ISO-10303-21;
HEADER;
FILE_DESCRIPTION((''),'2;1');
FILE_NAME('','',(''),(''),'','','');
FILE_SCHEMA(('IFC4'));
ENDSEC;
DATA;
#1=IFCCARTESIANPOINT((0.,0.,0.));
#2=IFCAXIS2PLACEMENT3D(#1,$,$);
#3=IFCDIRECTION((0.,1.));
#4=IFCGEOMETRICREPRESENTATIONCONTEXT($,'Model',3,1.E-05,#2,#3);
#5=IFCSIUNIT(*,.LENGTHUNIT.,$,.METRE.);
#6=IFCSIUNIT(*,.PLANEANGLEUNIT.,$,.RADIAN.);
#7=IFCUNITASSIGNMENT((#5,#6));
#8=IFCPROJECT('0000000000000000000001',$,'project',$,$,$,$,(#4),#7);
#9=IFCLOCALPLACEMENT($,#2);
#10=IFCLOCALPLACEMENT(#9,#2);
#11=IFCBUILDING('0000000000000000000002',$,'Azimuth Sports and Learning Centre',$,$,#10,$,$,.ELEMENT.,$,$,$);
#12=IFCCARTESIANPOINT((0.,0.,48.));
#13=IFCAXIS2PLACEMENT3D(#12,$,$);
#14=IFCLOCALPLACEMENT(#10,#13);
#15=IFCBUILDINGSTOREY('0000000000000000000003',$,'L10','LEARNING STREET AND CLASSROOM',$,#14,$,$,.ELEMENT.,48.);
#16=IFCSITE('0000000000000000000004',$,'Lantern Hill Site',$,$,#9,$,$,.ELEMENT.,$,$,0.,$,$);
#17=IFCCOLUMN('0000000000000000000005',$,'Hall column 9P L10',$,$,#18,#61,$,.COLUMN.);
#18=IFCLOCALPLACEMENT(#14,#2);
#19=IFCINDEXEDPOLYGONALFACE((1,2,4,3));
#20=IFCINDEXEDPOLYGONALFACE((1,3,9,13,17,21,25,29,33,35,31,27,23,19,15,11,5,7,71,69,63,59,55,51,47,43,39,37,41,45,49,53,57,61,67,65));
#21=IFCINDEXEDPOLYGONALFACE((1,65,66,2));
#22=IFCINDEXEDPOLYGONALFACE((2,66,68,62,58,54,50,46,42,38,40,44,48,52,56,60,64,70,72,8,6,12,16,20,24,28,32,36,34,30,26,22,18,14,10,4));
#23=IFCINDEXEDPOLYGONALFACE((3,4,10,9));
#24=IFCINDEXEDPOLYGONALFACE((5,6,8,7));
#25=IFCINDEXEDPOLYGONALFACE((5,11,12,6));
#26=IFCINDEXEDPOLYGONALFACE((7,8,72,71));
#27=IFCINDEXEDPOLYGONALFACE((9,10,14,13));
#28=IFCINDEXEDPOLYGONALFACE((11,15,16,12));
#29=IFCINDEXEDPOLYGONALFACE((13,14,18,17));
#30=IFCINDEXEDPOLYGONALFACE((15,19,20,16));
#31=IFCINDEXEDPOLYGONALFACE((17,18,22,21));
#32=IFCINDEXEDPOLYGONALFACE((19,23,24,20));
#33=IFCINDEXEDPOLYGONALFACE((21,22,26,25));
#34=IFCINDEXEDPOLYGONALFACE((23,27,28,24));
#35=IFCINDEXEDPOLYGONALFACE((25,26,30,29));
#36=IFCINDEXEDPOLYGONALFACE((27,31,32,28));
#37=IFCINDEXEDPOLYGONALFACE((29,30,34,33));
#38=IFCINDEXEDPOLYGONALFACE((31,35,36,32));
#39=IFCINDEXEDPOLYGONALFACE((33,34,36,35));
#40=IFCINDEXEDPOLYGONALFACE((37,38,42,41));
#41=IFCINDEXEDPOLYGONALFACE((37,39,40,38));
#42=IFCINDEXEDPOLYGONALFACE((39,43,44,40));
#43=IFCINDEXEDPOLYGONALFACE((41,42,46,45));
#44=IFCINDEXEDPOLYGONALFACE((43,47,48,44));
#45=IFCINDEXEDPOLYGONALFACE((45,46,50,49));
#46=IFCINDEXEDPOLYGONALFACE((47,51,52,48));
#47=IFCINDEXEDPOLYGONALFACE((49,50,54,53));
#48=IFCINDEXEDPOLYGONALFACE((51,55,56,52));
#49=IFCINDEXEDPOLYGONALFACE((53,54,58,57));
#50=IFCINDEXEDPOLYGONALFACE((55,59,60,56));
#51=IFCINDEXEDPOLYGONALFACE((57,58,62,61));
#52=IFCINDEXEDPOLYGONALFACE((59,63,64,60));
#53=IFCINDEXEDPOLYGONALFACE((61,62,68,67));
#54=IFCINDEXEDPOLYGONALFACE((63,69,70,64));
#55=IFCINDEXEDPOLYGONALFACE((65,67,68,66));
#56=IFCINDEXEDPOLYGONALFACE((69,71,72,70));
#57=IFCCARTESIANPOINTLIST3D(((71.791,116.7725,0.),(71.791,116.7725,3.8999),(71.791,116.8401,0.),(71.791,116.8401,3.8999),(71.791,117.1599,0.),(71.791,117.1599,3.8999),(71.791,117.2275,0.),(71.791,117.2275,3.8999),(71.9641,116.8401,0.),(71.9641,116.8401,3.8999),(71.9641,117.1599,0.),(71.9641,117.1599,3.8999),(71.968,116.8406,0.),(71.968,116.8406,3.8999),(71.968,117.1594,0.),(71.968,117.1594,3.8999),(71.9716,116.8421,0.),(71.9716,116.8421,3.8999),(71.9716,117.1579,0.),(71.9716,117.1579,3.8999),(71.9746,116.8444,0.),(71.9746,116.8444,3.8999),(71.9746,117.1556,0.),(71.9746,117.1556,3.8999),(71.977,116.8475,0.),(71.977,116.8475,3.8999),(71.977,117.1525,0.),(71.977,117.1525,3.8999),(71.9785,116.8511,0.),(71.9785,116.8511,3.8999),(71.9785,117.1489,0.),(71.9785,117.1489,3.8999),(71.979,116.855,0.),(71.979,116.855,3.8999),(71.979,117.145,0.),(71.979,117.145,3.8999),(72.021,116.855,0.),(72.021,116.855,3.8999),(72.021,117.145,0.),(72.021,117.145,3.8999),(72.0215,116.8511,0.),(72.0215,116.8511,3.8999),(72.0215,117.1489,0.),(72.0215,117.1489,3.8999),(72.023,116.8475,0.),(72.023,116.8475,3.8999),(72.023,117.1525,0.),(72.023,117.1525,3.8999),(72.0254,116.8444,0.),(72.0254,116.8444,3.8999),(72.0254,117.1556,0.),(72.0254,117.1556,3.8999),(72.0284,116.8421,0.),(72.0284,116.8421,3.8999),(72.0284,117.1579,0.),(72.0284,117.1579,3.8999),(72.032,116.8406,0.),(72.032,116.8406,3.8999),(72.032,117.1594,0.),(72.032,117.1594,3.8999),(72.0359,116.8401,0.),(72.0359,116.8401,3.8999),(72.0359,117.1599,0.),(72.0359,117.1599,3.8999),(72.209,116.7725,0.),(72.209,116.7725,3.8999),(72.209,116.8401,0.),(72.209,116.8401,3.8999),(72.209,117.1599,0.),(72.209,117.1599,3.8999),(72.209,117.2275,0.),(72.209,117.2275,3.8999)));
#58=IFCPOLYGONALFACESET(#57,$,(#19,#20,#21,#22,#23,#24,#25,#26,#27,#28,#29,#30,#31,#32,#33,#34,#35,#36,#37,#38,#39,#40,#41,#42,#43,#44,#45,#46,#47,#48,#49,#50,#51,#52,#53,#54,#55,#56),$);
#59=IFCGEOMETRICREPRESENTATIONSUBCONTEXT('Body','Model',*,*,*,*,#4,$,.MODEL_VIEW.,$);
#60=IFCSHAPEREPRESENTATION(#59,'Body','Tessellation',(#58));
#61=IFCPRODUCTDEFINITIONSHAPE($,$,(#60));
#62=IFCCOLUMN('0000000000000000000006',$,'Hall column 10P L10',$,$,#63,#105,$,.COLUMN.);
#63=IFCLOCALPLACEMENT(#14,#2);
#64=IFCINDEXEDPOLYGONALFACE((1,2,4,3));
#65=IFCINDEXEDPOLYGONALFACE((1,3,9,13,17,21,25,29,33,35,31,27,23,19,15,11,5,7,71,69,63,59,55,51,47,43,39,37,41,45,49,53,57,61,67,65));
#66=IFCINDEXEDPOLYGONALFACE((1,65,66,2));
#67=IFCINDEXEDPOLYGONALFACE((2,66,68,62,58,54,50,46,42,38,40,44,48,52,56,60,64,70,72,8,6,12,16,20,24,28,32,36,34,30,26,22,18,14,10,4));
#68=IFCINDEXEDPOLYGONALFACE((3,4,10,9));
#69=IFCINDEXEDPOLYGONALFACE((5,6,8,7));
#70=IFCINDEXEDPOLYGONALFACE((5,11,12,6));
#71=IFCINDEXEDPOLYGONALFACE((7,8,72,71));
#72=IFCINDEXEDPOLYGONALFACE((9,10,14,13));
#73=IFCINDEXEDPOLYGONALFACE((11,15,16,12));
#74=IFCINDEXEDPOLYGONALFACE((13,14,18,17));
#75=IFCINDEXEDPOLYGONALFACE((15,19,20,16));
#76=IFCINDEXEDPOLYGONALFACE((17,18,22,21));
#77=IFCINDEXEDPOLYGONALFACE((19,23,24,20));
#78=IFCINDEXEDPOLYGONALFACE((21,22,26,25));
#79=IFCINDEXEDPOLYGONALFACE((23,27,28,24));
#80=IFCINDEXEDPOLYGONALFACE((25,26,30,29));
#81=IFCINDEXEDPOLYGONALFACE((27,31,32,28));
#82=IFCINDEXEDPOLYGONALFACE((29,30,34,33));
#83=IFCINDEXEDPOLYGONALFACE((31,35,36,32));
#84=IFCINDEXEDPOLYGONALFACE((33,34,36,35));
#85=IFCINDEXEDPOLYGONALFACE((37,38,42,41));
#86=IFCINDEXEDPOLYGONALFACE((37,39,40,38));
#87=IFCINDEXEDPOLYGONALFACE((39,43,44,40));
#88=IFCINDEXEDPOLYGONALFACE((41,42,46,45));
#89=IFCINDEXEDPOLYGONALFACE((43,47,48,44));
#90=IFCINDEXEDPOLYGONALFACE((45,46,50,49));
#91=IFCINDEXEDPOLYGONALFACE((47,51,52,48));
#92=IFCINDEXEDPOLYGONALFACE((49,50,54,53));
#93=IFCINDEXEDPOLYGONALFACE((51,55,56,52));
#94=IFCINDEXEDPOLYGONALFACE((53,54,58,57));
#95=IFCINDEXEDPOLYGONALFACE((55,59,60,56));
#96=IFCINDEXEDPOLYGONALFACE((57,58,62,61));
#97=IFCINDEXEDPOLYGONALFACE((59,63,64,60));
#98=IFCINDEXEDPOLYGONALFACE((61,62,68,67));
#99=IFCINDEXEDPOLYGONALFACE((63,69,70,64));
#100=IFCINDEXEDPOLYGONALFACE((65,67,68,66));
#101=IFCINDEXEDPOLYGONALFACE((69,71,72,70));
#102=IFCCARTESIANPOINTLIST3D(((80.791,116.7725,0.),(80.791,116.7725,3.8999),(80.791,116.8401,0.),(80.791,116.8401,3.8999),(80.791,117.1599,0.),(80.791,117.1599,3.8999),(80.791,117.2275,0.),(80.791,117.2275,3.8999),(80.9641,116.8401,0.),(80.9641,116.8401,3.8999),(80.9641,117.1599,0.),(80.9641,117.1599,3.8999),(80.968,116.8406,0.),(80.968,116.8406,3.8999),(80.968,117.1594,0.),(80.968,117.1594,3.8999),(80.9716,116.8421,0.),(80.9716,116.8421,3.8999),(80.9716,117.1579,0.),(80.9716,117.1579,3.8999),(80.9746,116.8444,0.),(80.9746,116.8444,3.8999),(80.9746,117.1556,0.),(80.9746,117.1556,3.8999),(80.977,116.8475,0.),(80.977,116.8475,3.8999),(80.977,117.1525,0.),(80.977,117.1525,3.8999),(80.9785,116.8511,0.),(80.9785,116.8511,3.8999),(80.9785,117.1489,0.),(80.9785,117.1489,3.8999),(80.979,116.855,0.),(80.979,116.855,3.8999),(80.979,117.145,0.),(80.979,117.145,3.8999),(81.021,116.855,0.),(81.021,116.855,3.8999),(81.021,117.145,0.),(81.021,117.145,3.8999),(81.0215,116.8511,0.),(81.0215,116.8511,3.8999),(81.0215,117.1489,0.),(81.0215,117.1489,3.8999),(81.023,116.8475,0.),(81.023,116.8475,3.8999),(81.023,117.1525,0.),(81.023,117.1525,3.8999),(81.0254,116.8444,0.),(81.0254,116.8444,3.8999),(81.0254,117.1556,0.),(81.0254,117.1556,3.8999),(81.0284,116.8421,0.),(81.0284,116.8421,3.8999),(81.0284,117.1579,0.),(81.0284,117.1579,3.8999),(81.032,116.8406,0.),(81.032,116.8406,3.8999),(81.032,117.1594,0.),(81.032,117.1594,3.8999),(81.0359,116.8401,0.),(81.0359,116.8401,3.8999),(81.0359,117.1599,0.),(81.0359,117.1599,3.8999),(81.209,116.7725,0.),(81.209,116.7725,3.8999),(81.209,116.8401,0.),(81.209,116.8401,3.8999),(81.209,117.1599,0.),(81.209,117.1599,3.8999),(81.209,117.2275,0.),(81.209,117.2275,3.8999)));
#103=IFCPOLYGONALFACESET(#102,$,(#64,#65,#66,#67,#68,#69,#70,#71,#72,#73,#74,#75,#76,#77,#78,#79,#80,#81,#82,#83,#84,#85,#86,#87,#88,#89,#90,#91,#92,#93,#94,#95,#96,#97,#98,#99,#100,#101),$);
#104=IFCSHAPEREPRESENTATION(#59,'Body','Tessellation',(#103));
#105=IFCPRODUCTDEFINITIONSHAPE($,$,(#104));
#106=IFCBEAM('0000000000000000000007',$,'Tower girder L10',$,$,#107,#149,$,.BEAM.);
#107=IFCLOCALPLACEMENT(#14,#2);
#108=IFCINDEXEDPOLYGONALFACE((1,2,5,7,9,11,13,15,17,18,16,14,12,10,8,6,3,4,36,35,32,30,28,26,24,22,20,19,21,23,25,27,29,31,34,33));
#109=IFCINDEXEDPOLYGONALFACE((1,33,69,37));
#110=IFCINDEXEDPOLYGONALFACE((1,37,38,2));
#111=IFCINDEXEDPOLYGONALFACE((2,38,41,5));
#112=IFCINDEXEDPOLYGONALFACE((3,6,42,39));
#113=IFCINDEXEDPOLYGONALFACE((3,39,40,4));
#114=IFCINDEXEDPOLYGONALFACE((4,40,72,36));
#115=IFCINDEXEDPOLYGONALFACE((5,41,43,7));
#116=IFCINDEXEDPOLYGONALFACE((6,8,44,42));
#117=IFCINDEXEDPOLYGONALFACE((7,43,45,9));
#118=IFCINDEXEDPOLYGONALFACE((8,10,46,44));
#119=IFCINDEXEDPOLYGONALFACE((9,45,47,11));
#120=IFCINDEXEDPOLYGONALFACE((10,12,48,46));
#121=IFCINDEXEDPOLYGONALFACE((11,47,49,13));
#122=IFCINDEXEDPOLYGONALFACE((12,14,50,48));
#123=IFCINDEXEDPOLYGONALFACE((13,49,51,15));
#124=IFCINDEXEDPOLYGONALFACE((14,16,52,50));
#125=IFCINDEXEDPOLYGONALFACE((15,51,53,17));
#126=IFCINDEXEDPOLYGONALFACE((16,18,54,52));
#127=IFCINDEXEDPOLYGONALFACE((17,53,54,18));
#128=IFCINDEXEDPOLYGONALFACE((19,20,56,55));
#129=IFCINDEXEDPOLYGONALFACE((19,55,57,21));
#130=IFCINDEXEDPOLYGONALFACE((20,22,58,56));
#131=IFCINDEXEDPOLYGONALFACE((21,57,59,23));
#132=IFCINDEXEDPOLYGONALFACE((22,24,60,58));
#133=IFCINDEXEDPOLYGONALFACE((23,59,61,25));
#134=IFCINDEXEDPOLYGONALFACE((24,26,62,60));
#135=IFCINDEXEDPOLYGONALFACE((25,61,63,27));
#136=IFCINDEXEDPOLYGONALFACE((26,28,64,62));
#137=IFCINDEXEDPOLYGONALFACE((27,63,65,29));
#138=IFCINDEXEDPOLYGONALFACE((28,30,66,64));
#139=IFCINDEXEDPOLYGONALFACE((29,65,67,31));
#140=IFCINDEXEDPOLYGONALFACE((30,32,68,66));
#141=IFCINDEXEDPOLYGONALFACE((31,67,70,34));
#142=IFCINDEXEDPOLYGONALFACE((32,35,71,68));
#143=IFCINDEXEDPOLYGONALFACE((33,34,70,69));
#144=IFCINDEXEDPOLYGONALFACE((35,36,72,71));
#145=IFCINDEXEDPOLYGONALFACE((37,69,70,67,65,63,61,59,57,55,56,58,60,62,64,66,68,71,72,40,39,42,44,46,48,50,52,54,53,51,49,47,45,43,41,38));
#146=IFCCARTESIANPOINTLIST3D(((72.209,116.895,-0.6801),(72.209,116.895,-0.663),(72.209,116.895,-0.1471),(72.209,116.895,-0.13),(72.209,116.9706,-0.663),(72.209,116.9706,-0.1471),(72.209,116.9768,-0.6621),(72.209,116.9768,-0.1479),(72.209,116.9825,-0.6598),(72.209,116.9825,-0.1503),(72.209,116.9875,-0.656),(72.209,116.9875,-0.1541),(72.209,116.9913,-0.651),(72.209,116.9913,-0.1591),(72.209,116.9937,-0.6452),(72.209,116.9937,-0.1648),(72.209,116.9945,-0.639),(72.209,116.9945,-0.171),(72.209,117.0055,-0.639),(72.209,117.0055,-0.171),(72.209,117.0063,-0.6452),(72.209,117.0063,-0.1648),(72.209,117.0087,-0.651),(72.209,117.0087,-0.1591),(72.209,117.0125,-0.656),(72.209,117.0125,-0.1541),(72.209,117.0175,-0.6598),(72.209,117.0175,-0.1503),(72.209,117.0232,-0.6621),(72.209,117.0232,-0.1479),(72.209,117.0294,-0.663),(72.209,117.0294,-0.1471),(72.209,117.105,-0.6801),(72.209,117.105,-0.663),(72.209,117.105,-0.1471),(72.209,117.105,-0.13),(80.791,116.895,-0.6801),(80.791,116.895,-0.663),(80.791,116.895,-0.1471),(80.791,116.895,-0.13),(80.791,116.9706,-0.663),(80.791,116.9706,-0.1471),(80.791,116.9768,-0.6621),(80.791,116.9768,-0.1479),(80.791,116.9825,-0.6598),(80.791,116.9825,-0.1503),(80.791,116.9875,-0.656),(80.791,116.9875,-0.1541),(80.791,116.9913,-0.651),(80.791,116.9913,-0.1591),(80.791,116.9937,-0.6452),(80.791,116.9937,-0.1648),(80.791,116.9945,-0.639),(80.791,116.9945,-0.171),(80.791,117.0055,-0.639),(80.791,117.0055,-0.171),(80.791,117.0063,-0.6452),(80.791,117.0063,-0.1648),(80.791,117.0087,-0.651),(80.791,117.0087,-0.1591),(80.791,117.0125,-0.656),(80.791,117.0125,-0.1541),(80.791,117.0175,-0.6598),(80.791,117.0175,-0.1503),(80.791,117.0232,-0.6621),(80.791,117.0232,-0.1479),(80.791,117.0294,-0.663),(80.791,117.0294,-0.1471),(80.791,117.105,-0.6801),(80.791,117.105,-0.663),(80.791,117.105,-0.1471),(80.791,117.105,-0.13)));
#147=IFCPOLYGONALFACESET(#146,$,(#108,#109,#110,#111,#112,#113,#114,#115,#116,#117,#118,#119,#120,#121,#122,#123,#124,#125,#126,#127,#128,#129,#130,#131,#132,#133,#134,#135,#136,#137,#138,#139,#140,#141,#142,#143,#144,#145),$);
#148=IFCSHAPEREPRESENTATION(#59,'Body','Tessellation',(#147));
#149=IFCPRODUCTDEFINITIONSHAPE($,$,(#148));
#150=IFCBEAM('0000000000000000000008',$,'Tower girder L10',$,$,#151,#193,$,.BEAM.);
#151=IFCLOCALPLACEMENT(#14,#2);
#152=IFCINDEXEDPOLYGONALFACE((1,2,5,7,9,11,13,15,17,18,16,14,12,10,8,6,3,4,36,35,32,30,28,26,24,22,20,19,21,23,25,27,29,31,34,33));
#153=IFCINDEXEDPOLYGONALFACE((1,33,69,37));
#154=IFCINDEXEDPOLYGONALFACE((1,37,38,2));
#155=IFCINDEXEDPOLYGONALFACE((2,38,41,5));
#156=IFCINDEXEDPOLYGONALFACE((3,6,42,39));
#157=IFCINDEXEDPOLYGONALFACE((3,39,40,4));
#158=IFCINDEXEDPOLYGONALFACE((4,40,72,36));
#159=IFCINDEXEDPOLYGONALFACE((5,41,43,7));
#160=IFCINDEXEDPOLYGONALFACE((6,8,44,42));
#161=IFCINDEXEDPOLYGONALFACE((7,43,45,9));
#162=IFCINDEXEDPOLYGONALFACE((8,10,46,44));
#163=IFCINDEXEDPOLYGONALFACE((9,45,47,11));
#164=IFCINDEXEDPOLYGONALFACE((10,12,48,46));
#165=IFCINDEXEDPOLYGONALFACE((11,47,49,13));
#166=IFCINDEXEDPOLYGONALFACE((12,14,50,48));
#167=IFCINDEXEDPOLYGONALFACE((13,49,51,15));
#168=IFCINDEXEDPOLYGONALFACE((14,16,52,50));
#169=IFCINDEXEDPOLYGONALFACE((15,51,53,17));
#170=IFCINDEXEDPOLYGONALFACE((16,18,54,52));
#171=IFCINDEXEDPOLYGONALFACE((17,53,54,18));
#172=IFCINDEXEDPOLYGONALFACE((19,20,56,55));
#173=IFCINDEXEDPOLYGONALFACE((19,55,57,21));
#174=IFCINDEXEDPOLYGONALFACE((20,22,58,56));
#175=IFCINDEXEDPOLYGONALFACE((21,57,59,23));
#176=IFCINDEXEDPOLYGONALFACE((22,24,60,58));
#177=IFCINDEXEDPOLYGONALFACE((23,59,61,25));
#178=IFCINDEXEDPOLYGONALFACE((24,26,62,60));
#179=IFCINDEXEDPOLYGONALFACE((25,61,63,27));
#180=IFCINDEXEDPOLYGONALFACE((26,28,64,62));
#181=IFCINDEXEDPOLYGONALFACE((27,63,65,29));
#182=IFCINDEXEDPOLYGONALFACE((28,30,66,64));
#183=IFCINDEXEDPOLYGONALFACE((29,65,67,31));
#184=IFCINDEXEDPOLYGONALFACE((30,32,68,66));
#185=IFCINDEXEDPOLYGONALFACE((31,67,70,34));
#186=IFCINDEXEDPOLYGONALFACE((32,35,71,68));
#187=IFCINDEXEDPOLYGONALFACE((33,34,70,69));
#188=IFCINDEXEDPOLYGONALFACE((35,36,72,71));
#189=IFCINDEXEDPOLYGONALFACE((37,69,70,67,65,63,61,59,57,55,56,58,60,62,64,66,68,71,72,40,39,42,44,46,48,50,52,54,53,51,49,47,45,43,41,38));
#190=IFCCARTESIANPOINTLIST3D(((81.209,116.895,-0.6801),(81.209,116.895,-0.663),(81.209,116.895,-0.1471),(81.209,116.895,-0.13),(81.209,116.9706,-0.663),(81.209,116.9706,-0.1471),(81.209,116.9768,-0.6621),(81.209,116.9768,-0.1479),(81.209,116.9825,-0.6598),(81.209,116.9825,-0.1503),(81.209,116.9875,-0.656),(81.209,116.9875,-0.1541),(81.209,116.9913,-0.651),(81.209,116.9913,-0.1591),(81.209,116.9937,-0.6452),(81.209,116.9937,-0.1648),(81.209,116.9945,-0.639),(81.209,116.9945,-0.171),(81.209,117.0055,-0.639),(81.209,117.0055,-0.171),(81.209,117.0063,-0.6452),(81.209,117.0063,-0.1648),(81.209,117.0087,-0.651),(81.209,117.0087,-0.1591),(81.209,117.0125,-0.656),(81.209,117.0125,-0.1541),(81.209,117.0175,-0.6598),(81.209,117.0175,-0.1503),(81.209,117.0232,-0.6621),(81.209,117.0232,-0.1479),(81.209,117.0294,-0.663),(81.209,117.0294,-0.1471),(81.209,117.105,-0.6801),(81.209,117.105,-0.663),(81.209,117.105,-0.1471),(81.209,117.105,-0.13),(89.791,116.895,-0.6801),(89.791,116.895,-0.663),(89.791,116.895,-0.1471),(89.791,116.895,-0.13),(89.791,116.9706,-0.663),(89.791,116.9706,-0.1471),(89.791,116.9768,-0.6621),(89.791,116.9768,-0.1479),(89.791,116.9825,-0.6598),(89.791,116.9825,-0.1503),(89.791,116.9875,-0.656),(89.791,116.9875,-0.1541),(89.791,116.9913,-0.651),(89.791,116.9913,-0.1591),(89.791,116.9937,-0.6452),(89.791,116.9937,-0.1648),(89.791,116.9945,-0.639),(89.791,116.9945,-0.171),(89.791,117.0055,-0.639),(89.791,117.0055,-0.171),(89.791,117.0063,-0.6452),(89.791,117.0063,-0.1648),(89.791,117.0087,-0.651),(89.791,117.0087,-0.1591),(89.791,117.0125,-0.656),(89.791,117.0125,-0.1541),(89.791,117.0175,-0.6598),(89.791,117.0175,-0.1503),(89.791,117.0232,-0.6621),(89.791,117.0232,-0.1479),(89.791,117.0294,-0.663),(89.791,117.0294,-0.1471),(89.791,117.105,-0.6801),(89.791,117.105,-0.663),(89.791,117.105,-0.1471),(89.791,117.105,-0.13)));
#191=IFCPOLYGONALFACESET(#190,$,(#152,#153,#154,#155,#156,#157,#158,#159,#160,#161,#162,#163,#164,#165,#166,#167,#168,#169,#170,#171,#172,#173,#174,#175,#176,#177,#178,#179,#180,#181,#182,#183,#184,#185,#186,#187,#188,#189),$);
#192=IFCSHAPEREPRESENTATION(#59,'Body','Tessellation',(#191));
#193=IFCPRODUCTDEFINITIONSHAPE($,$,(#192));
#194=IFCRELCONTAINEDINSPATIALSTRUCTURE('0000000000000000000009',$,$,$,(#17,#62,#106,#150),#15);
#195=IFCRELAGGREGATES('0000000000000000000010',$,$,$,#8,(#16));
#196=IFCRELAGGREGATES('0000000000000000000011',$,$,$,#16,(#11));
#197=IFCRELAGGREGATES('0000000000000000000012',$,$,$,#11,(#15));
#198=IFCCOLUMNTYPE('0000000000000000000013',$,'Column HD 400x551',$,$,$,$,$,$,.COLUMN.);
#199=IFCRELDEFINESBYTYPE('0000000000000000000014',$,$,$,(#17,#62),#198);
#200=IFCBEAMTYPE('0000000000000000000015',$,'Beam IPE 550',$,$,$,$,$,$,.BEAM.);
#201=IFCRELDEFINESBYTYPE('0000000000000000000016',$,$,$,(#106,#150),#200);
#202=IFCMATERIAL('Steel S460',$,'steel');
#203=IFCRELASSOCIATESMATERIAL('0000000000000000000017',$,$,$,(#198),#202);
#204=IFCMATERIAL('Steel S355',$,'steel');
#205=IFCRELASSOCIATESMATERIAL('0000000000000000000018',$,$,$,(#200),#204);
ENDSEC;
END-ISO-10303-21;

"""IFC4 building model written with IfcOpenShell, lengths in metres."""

from ifc_helpers import new_model, si_unit, direction, frame, origin, origin_2d, place, context, subcontext, project, spatial, i_section, extrude, material, material_profile, profile_set, type_object, element, save


model = new_model("IFC4")

# Units and contexts
model_context = context("Model", 3, precision=1e-05, world=origin(), true_north=direction((0.0, 1.0)))
body_context = subcontext(model_context, "Body", "Model", "MODEL_VIEW")
ifc_project = project(units=[si_unit("LENGTHUNIT", "METRE"), si_unit("PLANEANGLEUNIT", "RADIAN")], contexts=[model_context])

# Site, building, storey
site_placement = place(None, origin())
site = spatial("IfcSite", under=ifc_project, at=site_placement, Name="Lantern Hill Site", CompositionType="ELEMENT", RefElevation=0.0)
building_placement = place(site_placement, origin())
building = spatial("IfcBuilding", under=site, at=building_placement, Name="Azimuth Sports and Learning Centre", CompositionType="ELEMENT")
storey_placement = place(building_placement, frame((0.0, 0.0, 48.0)))
storey = spatial("IfcBuildingStorey", under=building, at=storey_placement, Name="L10", Description="LEARNING STREET AND CLASSROOM", CompositionType="ELEMENT", Elevation=48.0)

# Columns
ifc_material_1 = material(Name="Steel S460", Category="steel")
ifc_material_profile_1 = material_profile(ifc_material_1, i_section(OverallWidth=0.418, OverallDepth=0.4551, WebThickness=0.042, FlangeThickness=0.0676, FilletRadius=0.0149, at=origin_2d()), Name="HD 400x551")
ifc_profile_set_1 = profile_set([ifc_material_profile_1], Name="Steel S460")
column_type = type_object("IfcColumnType", Name="Column HD 400x551", PredefinedType="COLUMN", material=ifc_profile_set_1)
for number, where, z_axis, x_axis, name in (
    (1, (72.0, 117.0, 0.0), (0.0, 0.0, 1.0), (1.0, 0.0, 0.0), "Hall column 9P L10"),
    (2, (81.0, 117.0, 0.0), (0.0, 0.0, 1.0), (1.0, 0.0, 0.0), "Hall column 10P L10"),
):
    element("IfcColumn", number, at=place(storey_placement, frame(where, z_axis=z_axis, x_axis=x_axis)), inside=storey, type_object=column_type, Name=name, PredefinedType="COLUMN", context=body_context, shape_type="SweptSolid", body=[
        extrude(i_section(OverallWidth=0.418, OverallDepth=0.4551, WebThickness=0.042, FlangeThickness=0.0676, FilletRadius=0.0149, at=origin_2d()), origin(), (0.0, 0.0, 1.0), 3.8999),
    ])

# Beams
ifc_material_2 = material(Name="Steel S355", Category="steel")
ifc_material_profile_2 = material_profile(ifc_material_2, i_section(OverallWidth=0.21, OverallDepth=0.55, WebThickness=0.011, FlangeThickness=0.0171, FilletRadius=0.0239, at=origin_2d()), Name="IPE 550")
ifc_profile_set_2 = profile_set([ifc_material_profile_2], Name="Steel S355")
beam_type_1 = type_object("IfcBeamType", Name="Beam IPE 550", PredefinedType="BEAM", material=ifc_profile_set_2)
for number, where, z_axis, x_axis, name in (
    (3, (72.209, 117.0, -0.405), (1.0, 0.0, 0.0), (0.0, 1.0, 0.0), "Tower girder L10"),
    (4, (81.209, 117.0, -0.405), (1.0, 0.0, 0.0), (0.0, 1.0, 0.0), "Tower girder L10"),
):
    element("IfcBeam", number, at=place(storey_placement, frame(where, z_axis=z_axis, x_axis=x_axis)), inside=storey, type_object=beam_type_1, Name=name, PredefinedType="BEAM", context=body_context, shape_type="SweptSolid", body=[
        extrude(i_section(OverallWidth=0.21, OverallDepth=0.55, WebThickness=0.011, FlangeThickness=0.0171, FilletRadius=0.0239, at=origin_2d()), origin(), (0.0, 0.0, 1.0), 8.582),
    ])

save(model, "model.ifc")
